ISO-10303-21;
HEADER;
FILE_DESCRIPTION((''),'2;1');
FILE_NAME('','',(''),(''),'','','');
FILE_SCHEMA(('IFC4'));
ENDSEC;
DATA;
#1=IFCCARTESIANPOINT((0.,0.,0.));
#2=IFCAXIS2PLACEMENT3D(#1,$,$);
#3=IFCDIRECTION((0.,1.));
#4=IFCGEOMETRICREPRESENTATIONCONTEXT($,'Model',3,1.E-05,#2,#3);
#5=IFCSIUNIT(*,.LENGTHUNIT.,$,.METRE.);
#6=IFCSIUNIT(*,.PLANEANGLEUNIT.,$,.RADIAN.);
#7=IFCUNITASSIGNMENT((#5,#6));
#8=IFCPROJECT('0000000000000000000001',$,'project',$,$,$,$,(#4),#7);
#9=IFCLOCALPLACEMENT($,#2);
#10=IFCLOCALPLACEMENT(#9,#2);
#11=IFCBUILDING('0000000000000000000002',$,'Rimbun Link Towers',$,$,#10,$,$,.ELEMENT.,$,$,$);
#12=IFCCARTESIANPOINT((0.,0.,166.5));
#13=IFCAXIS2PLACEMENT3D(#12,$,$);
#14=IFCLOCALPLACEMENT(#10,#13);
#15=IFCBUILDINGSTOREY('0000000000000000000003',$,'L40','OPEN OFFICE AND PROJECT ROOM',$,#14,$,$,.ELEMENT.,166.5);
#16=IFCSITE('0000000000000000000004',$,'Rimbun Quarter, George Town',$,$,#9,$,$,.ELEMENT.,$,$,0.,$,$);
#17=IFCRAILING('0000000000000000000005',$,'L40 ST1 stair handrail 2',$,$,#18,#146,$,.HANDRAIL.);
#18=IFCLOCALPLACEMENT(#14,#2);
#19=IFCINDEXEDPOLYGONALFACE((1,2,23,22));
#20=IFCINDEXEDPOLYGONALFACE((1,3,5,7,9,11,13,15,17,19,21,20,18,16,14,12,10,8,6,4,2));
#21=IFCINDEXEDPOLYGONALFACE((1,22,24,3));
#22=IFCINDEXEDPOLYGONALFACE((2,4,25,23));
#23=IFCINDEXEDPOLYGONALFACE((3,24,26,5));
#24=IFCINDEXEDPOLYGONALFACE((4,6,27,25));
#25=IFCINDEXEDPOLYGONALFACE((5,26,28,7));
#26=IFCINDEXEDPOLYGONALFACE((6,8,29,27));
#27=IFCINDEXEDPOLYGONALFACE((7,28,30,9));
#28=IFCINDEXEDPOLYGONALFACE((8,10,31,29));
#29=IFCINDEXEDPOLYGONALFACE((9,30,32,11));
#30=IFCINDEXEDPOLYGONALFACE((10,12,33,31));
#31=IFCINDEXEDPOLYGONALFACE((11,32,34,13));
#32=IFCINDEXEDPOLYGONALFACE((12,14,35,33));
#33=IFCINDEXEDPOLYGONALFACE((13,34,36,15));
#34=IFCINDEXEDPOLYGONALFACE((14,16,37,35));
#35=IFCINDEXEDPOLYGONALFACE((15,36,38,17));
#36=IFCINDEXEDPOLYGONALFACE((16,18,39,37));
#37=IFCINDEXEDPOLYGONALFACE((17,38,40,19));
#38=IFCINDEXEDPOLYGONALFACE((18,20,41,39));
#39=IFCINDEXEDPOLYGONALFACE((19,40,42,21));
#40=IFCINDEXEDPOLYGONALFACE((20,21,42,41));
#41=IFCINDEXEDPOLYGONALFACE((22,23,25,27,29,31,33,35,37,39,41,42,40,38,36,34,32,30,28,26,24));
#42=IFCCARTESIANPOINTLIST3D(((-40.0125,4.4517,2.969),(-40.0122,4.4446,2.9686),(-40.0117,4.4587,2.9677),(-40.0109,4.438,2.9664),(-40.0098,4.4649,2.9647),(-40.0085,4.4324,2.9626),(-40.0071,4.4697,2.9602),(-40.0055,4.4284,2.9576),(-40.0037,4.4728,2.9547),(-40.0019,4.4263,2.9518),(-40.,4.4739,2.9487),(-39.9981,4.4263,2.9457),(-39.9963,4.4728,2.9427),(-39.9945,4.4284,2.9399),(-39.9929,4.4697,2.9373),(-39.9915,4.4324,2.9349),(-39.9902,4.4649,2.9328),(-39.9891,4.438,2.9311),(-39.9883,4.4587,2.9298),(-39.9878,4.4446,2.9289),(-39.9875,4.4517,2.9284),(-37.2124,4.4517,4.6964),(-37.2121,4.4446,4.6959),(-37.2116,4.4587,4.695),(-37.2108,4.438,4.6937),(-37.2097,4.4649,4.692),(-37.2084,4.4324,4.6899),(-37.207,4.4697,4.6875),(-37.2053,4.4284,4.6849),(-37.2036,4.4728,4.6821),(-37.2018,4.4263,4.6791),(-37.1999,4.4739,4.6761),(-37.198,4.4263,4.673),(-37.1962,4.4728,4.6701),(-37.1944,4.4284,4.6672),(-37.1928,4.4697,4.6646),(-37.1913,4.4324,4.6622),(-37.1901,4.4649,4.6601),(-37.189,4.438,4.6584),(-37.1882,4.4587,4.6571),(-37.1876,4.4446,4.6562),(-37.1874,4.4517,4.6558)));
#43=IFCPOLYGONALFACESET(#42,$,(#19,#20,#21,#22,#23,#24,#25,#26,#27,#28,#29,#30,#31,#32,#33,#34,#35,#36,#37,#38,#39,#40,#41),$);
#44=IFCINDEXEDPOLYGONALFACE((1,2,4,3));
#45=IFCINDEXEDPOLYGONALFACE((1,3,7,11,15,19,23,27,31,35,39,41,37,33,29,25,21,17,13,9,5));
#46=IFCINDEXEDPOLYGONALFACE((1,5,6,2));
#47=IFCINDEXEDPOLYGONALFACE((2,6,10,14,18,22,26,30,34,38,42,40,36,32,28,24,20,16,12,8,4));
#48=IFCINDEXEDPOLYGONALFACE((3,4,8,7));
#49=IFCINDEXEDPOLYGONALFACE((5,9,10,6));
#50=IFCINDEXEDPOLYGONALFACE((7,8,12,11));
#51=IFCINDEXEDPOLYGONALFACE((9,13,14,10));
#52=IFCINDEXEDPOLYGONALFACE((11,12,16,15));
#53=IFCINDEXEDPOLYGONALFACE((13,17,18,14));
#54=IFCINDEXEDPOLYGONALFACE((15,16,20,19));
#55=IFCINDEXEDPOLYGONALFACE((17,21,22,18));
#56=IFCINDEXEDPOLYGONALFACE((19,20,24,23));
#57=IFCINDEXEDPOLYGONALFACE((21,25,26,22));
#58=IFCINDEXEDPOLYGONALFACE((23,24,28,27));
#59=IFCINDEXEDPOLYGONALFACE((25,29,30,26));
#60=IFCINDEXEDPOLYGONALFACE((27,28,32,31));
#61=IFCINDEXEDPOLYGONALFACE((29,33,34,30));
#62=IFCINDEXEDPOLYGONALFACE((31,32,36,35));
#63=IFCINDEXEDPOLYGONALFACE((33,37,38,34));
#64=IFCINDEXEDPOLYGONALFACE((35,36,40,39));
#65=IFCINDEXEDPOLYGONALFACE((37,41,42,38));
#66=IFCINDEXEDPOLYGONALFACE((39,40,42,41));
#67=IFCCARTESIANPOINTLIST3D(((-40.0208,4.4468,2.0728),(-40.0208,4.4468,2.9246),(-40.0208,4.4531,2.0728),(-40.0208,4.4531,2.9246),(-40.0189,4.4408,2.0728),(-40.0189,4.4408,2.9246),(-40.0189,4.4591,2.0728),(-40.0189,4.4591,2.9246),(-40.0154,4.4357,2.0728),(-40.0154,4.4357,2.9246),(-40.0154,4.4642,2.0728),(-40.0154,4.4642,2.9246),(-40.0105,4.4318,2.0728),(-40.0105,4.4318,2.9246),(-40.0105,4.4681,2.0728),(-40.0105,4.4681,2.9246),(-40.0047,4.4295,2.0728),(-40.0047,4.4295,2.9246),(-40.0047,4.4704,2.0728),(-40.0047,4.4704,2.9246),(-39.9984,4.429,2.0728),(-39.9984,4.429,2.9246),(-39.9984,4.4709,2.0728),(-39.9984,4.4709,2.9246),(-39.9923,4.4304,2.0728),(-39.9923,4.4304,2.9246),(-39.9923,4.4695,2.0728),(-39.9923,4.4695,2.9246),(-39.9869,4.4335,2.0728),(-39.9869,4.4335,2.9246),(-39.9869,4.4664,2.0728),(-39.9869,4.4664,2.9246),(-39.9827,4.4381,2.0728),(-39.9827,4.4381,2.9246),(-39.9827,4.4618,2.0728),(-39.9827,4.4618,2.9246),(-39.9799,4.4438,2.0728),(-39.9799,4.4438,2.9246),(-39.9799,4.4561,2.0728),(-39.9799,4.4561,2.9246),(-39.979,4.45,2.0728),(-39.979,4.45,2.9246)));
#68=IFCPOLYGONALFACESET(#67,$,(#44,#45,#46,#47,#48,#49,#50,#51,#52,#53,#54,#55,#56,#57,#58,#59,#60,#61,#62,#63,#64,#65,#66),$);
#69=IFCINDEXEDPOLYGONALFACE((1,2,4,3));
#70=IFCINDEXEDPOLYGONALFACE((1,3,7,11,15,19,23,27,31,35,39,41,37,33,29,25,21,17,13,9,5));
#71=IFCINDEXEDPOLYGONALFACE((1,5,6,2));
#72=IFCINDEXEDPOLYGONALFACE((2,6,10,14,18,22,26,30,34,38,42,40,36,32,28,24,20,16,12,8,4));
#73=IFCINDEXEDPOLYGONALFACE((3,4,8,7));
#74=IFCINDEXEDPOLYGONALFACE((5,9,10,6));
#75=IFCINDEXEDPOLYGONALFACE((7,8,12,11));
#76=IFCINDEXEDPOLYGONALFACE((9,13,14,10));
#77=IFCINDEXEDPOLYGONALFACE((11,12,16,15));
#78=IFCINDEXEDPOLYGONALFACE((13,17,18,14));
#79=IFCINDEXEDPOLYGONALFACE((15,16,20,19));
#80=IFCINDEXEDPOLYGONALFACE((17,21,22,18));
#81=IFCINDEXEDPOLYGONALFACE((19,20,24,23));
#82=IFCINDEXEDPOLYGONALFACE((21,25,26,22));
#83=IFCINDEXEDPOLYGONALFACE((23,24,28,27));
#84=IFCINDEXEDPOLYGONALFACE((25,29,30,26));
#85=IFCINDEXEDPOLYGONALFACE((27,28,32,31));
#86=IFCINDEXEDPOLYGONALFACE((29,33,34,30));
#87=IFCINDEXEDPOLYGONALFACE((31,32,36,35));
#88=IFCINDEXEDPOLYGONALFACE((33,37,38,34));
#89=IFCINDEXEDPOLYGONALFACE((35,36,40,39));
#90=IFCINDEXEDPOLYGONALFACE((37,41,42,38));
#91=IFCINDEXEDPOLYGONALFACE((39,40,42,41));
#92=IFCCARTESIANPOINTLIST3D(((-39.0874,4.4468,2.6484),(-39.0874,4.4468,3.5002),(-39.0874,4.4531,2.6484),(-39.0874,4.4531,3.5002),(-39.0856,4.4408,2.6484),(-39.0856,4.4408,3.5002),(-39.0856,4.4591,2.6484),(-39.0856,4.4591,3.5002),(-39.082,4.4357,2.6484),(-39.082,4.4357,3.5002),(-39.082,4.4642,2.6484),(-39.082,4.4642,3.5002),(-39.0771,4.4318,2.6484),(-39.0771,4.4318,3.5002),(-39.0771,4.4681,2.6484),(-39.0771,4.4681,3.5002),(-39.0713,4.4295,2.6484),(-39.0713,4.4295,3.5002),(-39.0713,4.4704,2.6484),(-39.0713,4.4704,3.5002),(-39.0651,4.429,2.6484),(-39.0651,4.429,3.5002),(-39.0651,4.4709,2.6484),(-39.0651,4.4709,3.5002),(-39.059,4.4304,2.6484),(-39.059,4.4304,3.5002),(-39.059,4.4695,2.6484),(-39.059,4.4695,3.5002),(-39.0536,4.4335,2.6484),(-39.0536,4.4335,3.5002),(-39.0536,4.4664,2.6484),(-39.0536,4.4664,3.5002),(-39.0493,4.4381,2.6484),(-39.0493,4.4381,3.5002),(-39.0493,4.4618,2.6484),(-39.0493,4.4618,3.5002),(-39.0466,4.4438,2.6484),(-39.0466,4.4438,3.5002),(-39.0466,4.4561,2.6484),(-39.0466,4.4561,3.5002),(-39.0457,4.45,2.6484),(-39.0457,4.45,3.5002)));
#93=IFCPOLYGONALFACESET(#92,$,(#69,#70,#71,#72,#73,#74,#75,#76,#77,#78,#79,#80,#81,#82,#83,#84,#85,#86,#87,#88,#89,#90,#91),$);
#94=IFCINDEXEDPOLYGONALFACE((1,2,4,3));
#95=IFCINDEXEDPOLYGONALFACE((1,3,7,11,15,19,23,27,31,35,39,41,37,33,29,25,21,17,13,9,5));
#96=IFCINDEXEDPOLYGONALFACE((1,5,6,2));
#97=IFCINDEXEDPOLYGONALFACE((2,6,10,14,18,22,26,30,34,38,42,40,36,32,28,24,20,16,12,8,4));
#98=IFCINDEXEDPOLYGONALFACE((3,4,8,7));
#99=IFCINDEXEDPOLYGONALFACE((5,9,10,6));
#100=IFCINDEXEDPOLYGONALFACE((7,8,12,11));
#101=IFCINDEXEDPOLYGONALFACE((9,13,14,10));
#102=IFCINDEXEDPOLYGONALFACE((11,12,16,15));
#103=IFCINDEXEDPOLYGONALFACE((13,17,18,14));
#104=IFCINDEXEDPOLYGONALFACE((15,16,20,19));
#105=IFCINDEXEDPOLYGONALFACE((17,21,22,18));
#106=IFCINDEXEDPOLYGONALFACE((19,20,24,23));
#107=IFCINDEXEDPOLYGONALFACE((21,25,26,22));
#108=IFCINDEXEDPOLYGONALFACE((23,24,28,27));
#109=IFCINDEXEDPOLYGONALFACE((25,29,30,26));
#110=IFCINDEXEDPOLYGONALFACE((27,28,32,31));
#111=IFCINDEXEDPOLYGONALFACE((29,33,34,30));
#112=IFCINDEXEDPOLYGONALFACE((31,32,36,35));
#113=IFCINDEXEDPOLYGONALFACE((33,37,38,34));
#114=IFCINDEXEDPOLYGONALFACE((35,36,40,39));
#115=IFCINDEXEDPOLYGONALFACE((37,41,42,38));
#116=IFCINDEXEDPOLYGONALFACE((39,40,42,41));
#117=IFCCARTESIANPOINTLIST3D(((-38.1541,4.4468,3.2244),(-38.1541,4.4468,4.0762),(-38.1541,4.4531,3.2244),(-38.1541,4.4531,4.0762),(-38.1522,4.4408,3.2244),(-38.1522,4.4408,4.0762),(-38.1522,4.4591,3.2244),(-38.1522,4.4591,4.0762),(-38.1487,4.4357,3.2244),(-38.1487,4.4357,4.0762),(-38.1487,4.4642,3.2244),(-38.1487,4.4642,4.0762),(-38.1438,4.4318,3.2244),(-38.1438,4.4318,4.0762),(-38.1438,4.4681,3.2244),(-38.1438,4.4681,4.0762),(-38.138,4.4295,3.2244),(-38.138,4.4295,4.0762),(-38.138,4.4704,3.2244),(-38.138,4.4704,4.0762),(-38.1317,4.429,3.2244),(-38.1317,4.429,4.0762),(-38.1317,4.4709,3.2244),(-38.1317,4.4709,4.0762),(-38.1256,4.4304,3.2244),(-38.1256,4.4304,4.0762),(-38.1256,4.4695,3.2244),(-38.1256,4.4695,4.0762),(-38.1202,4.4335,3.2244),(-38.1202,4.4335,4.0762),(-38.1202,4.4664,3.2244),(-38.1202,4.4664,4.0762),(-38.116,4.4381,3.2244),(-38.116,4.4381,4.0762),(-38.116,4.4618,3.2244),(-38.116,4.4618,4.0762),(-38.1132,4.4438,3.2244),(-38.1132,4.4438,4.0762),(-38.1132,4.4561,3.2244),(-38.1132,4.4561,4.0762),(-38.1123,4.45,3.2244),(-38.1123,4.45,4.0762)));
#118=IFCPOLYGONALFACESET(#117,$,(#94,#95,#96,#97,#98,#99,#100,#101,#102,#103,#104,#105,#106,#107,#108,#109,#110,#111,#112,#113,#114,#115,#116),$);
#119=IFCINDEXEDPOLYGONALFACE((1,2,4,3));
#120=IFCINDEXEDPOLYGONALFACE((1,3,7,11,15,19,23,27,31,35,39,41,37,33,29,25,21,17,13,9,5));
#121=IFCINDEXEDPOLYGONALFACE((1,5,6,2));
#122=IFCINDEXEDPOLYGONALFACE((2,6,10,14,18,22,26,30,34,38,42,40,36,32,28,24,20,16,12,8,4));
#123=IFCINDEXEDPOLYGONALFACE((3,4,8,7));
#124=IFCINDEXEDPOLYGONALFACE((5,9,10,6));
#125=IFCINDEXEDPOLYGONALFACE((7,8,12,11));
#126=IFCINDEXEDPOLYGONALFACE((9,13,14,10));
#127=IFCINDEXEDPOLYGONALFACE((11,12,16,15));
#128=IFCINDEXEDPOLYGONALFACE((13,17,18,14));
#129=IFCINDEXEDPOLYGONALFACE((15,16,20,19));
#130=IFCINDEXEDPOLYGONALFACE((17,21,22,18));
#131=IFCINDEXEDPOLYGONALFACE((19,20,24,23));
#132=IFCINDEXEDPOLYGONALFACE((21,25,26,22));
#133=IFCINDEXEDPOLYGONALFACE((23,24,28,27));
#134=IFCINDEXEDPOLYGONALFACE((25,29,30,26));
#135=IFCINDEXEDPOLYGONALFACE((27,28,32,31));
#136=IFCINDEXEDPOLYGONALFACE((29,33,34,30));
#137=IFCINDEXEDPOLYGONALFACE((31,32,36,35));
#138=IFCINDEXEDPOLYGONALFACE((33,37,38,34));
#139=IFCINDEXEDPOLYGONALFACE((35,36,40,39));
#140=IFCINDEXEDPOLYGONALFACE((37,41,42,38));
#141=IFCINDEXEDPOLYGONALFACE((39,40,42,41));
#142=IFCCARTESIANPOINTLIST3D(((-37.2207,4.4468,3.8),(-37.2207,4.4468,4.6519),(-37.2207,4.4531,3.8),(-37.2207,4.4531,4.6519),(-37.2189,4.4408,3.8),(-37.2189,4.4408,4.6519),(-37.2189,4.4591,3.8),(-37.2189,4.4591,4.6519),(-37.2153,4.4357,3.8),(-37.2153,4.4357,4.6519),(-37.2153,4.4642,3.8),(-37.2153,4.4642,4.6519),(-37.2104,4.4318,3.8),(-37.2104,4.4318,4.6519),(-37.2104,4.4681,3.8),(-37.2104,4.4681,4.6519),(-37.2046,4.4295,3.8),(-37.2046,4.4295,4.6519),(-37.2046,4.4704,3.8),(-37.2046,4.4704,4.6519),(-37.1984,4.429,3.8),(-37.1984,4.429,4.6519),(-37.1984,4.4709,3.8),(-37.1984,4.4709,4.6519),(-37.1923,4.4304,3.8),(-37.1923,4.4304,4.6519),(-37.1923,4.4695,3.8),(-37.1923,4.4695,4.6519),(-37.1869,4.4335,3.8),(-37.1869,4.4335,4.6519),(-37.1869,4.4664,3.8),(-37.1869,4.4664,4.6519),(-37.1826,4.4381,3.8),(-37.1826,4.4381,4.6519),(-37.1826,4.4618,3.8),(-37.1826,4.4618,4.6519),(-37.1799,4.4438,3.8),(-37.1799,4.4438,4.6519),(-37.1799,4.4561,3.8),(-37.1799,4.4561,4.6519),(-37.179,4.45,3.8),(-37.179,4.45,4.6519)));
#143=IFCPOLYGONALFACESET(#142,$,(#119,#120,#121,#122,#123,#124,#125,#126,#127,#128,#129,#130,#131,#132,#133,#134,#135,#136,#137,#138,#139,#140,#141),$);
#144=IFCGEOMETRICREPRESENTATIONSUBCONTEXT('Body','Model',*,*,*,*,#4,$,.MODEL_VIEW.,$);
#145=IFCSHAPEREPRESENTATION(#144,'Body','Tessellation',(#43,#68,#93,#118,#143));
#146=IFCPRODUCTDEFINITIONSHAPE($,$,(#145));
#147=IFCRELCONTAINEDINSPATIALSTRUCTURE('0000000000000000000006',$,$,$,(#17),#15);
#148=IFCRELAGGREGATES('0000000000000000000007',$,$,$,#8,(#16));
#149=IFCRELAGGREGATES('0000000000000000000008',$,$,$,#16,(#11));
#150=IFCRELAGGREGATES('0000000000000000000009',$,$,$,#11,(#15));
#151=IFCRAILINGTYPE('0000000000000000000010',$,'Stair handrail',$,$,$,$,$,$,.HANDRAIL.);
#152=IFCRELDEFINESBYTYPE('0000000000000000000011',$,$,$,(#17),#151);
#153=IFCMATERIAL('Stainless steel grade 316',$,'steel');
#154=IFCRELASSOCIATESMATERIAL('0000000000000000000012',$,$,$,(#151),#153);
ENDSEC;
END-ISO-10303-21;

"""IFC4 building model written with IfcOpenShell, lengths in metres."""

from ifc_helpers import new_model, si_unit, direction, frame, origin, origin_2d, place, context, subcontext, project, spatial, circle, extrude, material, type_object, element, save


model = new_model("IFC4")

# Units and contexts
model_context = context("Model", 3, precision=1e-05, world=origin(), true_north=direction((0.0, 1.0)))
body_context = subcontext(model_context, "Body", "Model", "MODEL_VIEW")
ifc_project = project(units=[si_unit("LENGTHUNIT", "METRE"), si_unit("PLANEANGLEUNIT", "RADIAN")], contexts=[model_context])

# Site, building, storey
site_placement = place(None, origin())
site = spatial("IfcSite", under=ifc_project, at=site_placement, Name="Rimbun Quarter, George Town", CompositionType="ELEMENT", RefElevation=0.0)
building_placement = place(site_placement, origin())
building = spatial("IfcBuilding", under=site, at=building_placement, Name="Rimbun Link Towers", CompositionType="ELEMENT")
storey_placement = place(building_placement, frame((0.0, 0.0, 166.5)))
storey = spatial("IfcBuildingStorey", under=building, at=storey_placement, Name="L40", Description="OPEN OFFICE AND PROJECT ROOM", CompositionType="ELEMENT", Elevation=166.5)

# Railing
ifc_material_1 = material(Name="Stainless steel grade 316", Category="steel")
railing_type_1 = type_object("IfcRailingType", Name="Stair handrail", PredefinedType="HANDRAIL", material=ifc_material_1)
railing_1_placement = place(storey_placement, frame((-40.0, 4.45, 2.0728)))
element("IfcRailing", 1, at=railing_1_placement, inside=storey, type_object=railing_type_1, Name="L40 ST1 stair handrail 2", PredefinedType="HANDRAIL", context=body_context, shape_type="SweptSolid", body=[
    extrude(circle(Radius=0.0239, at=origin_2d()), frame((0.0, 0.0, 0.876), z_axis=(0.85109, 0.0, 0.52502), x_axis=(0.0, 1.0, 0.0)), (0.0, 0.0, 1.0), 3.29),
    extrude(circle(Radius=0.021, at=origin_2d()), origin(), (0.0, 0.0, 1.0), 0.8518),
    extrude(circle(Radius=0.021, at=origin_2d()), frame((0.9333, 0.0, 0.5757)), (0.0, 0.0, 1.0), 0.8518),
    extrude(circle(Radius=0.021, at=origin_2d()), frame((1.8667, 0.0, 1.1516)), (0.0, 0.0, 1.0), 0.8518),
    extrude(circle(Radius=0.021, at=origin_2d()), frame((2.8, 0.0, 1.7273)), (0.0, 0.0, 1.0), 0.8518),
])

save(model, "model.ifc")
